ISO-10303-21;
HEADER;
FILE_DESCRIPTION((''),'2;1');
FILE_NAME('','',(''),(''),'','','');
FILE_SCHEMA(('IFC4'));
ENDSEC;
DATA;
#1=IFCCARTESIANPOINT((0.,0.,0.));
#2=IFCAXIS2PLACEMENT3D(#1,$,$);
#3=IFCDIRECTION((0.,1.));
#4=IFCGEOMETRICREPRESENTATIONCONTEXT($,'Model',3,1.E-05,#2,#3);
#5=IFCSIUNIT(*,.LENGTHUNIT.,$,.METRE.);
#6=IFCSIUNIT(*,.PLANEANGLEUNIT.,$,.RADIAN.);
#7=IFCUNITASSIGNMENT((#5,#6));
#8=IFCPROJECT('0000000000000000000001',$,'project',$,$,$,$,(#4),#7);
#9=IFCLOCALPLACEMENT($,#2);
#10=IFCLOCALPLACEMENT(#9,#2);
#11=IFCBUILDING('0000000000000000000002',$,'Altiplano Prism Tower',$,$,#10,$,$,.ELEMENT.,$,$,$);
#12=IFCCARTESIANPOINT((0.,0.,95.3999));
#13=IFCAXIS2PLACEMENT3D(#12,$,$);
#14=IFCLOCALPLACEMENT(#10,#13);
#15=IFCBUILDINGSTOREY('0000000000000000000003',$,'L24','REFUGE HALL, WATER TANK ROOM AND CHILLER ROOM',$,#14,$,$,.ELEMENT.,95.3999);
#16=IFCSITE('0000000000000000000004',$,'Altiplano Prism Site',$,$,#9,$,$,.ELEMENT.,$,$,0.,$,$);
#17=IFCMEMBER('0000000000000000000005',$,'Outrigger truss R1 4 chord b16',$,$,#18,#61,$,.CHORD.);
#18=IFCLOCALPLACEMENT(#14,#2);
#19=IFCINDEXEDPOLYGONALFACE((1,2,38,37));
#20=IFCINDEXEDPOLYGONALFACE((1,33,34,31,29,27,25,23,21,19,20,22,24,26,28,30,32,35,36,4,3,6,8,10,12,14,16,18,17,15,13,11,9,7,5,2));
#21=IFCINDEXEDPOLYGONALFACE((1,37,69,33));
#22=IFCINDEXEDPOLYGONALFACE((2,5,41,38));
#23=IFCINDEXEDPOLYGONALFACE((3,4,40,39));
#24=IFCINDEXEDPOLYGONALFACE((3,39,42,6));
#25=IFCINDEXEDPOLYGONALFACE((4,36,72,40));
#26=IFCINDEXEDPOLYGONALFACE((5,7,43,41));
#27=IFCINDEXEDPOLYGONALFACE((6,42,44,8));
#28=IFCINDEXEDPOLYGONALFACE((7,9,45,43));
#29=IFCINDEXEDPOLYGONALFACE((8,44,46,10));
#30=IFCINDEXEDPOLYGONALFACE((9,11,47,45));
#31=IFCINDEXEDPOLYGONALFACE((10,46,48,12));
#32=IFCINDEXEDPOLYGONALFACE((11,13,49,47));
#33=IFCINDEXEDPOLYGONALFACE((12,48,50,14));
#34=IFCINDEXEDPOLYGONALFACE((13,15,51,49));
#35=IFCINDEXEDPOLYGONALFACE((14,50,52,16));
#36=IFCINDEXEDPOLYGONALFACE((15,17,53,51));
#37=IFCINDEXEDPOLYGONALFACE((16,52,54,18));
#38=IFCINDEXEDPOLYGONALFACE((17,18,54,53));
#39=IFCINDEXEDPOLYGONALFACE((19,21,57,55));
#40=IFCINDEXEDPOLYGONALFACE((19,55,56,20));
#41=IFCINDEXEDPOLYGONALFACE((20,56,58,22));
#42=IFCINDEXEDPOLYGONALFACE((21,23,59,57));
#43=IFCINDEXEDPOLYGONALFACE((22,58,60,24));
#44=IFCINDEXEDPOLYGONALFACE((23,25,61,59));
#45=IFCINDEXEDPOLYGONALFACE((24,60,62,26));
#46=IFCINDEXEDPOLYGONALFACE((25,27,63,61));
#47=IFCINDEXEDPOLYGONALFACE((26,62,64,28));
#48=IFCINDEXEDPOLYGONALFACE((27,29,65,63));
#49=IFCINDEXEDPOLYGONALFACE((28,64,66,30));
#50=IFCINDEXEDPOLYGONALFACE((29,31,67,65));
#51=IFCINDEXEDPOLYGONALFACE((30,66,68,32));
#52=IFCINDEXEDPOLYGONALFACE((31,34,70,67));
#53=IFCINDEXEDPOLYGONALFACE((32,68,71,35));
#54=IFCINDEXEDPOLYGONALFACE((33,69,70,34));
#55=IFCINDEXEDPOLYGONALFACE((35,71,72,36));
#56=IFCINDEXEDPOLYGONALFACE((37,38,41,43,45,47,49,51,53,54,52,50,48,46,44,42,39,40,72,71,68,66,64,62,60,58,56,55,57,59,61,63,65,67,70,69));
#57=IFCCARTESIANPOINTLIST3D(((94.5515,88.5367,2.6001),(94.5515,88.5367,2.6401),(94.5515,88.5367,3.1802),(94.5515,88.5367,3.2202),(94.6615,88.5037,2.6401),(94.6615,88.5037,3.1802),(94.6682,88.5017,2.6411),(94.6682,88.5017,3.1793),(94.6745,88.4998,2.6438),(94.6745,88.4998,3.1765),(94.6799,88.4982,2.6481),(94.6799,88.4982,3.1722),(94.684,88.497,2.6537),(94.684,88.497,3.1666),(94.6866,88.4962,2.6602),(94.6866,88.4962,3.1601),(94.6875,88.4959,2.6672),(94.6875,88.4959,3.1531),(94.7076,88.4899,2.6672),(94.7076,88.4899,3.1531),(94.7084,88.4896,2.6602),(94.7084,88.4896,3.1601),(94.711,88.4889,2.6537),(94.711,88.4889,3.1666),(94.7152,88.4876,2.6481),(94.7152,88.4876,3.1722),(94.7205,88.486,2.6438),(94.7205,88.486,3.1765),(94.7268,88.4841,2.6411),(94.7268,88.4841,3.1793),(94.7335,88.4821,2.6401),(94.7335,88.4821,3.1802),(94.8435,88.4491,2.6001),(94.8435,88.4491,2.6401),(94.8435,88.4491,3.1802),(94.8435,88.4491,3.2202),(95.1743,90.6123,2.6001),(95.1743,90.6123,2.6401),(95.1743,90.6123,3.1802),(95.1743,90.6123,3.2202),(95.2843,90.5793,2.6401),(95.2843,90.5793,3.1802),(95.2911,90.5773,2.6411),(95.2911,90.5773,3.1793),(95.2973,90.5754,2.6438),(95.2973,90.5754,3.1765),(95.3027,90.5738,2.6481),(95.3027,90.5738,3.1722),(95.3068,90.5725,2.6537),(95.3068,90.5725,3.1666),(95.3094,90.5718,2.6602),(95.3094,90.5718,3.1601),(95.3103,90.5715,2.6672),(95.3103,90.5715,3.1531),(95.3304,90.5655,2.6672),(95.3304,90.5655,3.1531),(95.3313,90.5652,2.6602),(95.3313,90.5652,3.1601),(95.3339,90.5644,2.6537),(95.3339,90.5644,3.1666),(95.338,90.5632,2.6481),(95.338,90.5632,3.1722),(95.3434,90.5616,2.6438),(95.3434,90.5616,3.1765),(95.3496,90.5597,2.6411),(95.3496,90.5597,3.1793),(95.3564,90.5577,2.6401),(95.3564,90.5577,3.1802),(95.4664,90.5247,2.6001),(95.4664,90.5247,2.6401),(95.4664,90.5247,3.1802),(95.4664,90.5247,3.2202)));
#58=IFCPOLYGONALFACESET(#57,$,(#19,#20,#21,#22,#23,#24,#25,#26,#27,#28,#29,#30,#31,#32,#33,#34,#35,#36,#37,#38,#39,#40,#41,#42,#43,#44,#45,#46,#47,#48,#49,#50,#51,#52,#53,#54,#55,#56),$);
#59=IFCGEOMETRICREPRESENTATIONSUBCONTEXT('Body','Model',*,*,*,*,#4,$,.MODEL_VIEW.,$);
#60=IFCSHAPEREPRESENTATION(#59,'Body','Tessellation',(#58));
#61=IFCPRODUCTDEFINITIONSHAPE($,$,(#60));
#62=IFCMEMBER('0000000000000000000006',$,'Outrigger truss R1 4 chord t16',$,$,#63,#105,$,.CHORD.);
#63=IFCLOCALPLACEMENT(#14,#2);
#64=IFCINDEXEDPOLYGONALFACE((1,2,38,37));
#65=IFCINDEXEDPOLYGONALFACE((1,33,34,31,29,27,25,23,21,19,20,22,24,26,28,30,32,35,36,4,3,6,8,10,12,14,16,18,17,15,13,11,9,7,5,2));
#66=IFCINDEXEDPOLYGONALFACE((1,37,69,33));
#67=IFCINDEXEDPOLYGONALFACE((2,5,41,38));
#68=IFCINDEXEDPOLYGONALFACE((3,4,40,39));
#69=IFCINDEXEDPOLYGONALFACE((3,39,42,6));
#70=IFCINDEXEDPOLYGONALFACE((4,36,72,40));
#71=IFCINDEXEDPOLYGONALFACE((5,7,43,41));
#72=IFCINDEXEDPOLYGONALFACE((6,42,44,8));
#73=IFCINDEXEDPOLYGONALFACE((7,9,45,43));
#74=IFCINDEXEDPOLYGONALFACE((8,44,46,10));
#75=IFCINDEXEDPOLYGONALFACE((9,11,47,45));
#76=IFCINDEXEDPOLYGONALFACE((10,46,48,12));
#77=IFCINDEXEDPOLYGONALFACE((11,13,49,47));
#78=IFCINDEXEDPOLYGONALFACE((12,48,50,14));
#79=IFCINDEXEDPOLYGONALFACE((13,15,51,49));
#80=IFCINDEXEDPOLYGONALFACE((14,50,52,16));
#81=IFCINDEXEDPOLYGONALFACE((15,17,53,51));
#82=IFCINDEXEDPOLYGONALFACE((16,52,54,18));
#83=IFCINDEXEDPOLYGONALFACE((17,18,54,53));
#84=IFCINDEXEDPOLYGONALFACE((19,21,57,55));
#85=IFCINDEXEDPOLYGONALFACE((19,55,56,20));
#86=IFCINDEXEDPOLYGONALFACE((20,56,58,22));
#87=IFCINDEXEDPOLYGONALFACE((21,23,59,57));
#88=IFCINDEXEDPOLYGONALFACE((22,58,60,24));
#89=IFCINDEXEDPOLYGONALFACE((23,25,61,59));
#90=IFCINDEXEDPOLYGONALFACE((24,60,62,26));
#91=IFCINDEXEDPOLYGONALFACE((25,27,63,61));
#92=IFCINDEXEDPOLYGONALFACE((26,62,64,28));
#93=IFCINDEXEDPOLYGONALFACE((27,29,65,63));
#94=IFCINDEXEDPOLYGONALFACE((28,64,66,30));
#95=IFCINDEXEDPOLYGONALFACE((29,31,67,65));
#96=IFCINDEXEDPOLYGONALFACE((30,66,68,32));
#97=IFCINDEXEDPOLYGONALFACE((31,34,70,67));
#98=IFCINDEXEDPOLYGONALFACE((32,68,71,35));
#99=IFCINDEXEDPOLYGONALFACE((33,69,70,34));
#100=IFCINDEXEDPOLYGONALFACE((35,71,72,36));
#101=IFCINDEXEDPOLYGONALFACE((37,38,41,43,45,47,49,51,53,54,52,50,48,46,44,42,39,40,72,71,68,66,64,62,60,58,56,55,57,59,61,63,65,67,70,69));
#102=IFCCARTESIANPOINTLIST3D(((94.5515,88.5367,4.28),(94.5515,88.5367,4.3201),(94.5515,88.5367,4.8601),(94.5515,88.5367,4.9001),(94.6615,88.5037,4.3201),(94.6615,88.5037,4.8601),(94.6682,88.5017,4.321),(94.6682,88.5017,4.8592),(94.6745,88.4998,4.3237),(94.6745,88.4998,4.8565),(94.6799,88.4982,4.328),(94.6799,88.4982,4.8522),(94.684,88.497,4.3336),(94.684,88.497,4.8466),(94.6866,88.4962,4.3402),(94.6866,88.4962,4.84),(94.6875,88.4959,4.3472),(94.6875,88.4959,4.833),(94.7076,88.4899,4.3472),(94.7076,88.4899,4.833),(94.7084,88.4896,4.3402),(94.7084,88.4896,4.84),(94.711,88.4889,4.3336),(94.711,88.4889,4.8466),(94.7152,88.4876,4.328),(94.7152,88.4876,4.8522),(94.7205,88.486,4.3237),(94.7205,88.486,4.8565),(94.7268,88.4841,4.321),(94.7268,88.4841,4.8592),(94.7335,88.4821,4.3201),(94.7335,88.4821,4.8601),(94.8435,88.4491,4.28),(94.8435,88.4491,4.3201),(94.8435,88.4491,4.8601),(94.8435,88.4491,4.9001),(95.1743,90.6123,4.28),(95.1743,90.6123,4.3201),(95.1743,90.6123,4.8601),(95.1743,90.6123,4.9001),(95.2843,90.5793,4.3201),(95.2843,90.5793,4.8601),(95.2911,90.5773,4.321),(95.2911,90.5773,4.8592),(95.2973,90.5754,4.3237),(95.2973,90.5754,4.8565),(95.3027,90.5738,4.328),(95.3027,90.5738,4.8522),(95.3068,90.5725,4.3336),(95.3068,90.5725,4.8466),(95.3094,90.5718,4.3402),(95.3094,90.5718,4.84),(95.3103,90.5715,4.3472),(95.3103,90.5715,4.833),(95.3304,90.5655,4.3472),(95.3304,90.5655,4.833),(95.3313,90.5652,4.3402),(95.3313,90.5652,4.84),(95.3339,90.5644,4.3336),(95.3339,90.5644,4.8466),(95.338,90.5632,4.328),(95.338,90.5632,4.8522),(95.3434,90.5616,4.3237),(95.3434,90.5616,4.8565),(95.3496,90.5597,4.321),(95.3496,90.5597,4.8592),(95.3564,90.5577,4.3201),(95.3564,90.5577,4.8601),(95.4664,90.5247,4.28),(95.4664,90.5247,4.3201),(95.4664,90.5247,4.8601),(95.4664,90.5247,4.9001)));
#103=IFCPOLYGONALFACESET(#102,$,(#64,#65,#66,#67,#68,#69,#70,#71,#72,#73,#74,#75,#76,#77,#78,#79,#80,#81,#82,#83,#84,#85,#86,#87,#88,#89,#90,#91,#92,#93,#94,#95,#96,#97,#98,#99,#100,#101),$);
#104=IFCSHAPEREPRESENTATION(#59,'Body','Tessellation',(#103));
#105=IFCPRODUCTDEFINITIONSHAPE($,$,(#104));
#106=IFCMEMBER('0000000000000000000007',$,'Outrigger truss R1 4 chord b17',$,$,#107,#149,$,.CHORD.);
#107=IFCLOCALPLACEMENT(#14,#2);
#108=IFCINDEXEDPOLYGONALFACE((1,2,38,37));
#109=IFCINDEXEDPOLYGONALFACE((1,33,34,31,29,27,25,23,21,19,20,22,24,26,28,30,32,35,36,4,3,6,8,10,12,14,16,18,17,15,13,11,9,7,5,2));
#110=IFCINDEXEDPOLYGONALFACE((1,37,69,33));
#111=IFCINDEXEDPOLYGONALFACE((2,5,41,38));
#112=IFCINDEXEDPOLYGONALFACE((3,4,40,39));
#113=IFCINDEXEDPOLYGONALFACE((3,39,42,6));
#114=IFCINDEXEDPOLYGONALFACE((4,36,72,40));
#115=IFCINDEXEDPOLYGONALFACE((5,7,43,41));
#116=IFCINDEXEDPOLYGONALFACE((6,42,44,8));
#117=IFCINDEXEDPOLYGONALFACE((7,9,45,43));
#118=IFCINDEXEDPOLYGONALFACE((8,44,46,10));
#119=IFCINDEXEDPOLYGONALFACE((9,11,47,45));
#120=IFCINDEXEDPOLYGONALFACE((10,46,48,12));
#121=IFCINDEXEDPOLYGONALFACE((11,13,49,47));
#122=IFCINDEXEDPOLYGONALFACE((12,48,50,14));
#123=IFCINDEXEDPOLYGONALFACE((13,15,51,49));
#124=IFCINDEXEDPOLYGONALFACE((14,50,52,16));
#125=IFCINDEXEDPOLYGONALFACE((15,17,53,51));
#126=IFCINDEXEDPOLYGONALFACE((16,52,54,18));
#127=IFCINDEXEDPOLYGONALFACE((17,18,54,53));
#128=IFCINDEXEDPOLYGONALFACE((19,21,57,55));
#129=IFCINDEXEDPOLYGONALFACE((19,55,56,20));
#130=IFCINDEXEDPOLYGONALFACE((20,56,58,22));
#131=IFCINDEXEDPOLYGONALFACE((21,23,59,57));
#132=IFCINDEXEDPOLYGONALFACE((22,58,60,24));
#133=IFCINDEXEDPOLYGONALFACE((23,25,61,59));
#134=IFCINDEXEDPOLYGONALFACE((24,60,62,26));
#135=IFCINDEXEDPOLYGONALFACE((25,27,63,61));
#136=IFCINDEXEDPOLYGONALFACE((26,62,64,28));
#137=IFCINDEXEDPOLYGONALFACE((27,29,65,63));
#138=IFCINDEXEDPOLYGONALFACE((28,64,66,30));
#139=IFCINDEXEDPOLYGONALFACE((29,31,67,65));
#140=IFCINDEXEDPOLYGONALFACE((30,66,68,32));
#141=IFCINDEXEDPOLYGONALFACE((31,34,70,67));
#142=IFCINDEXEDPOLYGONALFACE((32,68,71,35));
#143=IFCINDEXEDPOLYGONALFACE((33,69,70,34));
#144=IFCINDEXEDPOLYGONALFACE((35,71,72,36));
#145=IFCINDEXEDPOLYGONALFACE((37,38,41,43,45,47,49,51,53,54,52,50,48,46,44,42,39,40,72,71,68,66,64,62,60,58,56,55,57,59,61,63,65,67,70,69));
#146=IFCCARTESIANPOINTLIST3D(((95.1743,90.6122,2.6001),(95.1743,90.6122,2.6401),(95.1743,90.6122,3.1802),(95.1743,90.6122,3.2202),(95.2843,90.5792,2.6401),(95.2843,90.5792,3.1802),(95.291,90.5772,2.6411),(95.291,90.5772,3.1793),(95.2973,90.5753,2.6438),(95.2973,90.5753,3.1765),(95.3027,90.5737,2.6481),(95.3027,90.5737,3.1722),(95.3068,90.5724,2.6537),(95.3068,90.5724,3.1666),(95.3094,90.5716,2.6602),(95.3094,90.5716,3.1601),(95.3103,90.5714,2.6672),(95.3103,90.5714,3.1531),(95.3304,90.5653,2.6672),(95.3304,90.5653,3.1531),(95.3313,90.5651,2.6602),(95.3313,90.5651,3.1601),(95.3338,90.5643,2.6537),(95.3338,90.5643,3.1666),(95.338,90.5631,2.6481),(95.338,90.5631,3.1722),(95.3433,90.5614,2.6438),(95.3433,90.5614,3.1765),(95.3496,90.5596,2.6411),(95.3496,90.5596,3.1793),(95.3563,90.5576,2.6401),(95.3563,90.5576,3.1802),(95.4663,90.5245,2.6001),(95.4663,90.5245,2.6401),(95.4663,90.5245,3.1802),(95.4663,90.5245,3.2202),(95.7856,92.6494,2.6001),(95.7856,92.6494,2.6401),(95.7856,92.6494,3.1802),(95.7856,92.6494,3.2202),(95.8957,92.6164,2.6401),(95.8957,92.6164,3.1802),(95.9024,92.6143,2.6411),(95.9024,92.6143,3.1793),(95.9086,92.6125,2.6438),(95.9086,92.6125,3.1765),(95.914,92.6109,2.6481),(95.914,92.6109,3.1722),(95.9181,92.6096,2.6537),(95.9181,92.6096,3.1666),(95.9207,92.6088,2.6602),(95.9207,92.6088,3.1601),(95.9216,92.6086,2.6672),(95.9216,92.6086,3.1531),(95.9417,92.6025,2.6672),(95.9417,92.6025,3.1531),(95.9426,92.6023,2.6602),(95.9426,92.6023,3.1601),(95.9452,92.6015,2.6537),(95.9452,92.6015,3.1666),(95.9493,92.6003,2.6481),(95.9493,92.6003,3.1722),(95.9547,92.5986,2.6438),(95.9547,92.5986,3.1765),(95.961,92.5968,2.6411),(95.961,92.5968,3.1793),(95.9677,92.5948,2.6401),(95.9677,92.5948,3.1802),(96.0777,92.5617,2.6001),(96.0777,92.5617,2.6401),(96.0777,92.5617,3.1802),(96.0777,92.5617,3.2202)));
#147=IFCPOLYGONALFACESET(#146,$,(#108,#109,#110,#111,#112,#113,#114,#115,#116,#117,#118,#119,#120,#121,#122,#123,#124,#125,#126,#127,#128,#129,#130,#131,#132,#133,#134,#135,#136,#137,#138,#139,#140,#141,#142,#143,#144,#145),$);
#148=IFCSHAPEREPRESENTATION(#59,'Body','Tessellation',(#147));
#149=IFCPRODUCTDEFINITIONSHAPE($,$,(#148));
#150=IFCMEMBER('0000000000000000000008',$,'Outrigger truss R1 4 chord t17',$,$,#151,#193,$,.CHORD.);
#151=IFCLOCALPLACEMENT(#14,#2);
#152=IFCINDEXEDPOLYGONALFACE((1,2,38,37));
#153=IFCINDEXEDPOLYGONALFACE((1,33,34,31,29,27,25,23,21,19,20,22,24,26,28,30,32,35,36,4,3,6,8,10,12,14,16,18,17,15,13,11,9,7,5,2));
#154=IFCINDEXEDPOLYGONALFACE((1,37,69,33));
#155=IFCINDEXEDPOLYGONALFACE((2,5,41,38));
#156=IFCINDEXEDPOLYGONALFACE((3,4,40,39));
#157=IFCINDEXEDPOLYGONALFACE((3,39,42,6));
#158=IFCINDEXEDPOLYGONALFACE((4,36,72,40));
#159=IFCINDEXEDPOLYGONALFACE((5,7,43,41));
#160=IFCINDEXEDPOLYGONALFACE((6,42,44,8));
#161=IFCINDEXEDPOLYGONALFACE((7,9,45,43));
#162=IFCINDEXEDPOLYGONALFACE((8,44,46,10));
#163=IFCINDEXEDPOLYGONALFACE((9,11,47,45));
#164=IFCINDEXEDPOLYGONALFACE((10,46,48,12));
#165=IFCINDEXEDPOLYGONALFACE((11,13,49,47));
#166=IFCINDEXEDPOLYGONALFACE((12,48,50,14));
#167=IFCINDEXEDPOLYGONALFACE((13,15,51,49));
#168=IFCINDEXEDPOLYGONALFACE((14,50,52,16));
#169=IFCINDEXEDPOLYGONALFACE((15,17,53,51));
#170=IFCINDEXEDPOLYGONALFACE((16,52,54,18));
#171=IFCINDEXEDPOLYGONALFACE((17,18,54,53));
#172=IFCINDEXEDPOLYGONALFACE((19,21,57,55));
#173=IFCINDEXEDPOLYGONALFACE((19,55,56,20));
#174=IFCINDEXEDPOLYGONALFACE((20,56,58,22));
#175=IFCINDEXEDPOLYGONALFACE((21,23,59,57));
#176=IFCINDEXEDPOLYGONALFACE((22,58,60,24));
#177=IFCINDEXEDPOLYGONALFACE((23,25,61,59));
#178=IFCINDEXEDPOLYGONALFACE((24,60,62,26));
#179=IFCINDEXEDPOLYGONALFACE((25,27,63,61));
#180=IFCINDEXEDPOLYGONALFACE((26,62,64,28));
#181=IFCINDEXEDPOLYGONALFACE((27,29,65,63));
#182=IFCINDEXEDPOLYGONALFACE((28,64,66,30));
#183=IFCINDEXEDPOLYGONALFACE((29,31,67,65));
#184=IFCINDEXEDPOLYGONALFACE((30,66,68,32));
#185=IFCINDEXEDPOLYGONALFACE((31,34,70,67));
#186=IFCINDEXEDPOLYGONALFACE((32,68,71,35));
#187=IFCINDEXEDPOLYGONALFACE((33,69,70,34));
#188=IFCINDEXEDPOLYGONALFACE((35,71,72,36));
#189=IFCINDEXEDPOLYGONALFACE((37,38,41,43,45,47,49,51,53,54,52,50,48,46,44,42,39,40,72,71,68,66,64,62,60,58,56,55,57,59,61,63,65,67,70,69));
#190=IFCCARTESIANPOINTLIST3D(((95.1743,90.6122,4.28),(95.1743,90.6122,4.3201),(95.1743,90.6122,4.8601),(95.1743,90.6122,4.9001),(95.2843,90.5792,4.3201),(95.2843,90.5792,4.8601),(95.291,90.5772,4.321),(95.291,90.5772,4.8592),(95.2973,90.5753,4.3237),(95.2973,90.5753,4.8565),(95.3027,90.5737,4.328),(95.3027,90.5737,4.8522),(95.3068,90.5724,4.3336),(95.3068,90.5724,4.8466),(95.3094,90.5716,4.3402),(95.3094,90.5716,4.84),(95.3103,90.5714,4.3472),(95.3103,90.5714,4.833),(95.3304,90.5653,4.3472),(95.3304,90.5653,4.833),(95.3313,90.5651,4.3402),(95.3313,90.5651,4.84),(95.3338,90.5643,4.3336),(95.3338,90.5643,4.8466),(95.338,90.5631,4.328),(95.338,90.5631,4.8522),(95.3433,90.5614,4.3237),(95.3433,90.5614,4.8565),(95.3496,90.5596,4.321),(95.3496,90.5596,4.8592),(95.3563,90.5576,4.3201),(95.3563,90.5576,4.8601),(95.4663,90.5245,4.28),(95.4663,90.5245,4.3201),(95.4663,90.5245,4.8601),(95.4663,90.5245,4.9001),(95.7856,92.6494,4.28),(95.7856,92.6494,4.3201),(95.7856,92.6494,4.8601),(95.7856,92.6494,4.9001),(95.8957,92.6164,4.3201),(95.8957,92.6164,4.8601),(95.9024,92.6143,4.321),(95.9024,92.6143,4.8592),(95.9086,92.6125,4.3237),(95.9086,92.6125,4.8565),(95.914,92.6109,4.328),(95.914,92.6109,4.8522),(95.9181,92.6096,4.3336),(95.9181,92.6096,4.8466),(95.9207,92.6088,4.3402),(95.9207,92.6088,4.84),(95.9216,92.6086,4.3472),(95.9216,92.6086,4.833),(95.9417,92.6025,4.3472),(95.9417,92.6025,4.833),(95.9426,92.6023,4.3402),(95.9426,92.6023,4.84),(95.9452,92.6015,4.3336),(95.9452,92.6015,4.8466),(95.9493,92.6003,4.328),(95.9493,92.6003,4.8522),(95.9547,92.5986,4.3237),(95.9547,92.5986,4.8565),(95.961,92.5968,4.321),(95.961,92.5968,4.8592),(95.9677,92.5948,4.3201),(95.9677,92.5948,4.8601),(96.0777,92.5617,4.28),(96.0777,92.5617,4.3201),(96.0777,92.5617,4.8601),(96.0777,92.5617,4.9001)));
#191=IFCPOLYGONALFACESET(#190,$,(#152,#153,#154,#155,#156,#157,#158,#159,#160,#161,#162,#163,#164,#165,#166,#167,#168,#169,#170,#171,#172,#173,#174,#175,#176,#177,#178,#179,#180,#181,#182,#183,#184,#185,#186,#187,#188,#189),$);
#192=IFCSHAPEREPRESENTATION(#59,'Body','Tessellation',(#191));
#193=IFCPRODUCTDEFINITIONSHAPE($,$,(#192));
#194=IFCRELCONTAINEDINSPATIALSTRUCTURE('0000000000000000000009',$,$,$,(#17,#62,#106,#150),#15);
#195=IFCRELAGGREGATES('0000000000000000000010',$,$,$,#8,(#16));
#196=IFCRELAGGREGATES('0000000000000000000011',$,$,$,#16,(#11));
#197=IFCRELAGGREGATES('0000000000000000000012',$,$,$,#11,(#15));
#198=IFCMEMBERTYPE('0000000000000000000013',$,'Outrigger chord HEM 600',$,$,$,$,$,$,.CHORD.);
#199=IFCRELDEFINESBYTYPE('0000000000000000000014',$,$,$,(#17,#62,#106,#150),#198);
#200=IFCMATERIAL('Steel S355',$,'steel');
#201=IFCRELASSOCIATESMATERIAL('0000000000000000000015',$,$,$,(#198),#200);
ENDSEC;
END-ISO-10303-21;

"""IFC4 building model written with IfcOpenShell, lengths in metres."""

from ifc_helpers import new_model, si_unit, direction, frame, origin, origin_2d, place, context, subcontext, project, spatial, i_section, extrude, material, material_profile, profile_set, type_object, element, save


model = new_model("IFC4")

# Units and contexts
model_context = context("Model", 3, precision=1e-05, world=origin(), true_north=direction((0.0, 1.0)))
body_context = subcontext(model_context, "Body", "Model", "MODEL_VIEW")
ifc_project = project(units=[si_unit("LENGTHUNIT", "METRE"), si_unit("PLANEANGLEUNIT", "RADIAN")], contexts=[model_context])

# Site, building, storey
site_placement = place(None, origin())
site = spatial("IfcSite", under=ifc_project, at=site_placement, Name="Altiplano Prism Site", CompositionType="ELEMENT", RefElevation=0.0)
building_placement = place(site_placement, origin())
building = spatial("IfcBuilding", under=site, at=building_placement, Name="Altiplano Prism Tower", CompositionType="ELEMENT")
storey_placement = place(building_placement, frame((0.0, 0.0, 95.3999)))
storey = spatial("IfcBuildingStorey", under=building, at=storey_placement, Name="L24", Description="REFUGE HALL, WATER TANK ROOM AND CHILLER ROOM", CompositionType="ELEMENT", Elevation=95.3999)

# Members
ifc_material_1 = material(Name="Steel S355", Category="steel")
ifc_material_profile_1 = material_profile(ifc_material_1, i_section(OverallWidth=0.3049, OverallDepth=0.6201, WebThickness=0.021, FlangeThickness=0.04, FilletRadius=0.0271, at=origin_2d()), Name="Outrigger chord HEM 600")
ifc_profile_set_1 = profile_set([ifc_material_profile_1], Name="Steel S355")
member_type_1 = type_object("IfcMemberType", Name="Outrigger chord HEM 600", PredefinedType="CHORD", material=ifc_profile_set_1)
for number, where, z_axis, x_axis, name in (
    (1, (94.6975, 88.4929, 2.9102), (0.28742, 0.957805, 0.0), (-0.957805, 0.28742, 0.0), "Outrigger truss R1 4 chord b16"),
    (2, (94.6975, 88.4929, 4.5901), (0.28742, 0.957805, 0.0), (-0.957805, 0.28742, 0.0), "Outrigger truss R1 4 chord t16"),
):
    element("IfcMember", number, at=place(storey_placement, frame(where, z_axis=z_axis, x_axis=x_axis)), inside=storey, type_object=member_type_1, Name=name, PredefinedType="CHORD", context=body_context, shape_type="SweptSolid", body=[
        extrude(i_section(OverallWidth=0.3049, OverallDepth=0.6201, WebThickness=0.021, FlangeThickness=0.04, FilletRadius=0.0271, at=origin_2d()), origin(), (0.0, 0.0, 1.0), 2.167),
    ])
for number, where, z_axis, x_axis, name in (
    (3, (95.3203, 90.5684, 2.9102), (0.287432, 0.957801, 0.0), (-0.957801, 0.287432, 0.0), "Outrigger truss R1 4 chord b17"),
    (4, (95.3203, 90.5684, 4.5901), (0.287432, 0.957801, 0.0), (-0.957801, 0.287432, 0.0), "Outrigger truss R1 4 chord t17"),
):
    element("IfcMember", number, at=place(storey_placement, frame(where, z_axis=z_axis, x_axis=x_axis)), inside=storey, type_object=member_type_1, Name=name, PredefinedType="CHORD", context=body_context, shape_type="SweptSolid", body=[
        extrude(i_section(OverallWidth=0.3049, OverallDepth=0.6201, WebThickness=0.021, FlangeThickness=0.04, FilletRadius=0.0271, at=origin_2d()), origin(), (0.0, 0.0, 1.0), 2.127),
    ])

save(model, "model.ifc")
